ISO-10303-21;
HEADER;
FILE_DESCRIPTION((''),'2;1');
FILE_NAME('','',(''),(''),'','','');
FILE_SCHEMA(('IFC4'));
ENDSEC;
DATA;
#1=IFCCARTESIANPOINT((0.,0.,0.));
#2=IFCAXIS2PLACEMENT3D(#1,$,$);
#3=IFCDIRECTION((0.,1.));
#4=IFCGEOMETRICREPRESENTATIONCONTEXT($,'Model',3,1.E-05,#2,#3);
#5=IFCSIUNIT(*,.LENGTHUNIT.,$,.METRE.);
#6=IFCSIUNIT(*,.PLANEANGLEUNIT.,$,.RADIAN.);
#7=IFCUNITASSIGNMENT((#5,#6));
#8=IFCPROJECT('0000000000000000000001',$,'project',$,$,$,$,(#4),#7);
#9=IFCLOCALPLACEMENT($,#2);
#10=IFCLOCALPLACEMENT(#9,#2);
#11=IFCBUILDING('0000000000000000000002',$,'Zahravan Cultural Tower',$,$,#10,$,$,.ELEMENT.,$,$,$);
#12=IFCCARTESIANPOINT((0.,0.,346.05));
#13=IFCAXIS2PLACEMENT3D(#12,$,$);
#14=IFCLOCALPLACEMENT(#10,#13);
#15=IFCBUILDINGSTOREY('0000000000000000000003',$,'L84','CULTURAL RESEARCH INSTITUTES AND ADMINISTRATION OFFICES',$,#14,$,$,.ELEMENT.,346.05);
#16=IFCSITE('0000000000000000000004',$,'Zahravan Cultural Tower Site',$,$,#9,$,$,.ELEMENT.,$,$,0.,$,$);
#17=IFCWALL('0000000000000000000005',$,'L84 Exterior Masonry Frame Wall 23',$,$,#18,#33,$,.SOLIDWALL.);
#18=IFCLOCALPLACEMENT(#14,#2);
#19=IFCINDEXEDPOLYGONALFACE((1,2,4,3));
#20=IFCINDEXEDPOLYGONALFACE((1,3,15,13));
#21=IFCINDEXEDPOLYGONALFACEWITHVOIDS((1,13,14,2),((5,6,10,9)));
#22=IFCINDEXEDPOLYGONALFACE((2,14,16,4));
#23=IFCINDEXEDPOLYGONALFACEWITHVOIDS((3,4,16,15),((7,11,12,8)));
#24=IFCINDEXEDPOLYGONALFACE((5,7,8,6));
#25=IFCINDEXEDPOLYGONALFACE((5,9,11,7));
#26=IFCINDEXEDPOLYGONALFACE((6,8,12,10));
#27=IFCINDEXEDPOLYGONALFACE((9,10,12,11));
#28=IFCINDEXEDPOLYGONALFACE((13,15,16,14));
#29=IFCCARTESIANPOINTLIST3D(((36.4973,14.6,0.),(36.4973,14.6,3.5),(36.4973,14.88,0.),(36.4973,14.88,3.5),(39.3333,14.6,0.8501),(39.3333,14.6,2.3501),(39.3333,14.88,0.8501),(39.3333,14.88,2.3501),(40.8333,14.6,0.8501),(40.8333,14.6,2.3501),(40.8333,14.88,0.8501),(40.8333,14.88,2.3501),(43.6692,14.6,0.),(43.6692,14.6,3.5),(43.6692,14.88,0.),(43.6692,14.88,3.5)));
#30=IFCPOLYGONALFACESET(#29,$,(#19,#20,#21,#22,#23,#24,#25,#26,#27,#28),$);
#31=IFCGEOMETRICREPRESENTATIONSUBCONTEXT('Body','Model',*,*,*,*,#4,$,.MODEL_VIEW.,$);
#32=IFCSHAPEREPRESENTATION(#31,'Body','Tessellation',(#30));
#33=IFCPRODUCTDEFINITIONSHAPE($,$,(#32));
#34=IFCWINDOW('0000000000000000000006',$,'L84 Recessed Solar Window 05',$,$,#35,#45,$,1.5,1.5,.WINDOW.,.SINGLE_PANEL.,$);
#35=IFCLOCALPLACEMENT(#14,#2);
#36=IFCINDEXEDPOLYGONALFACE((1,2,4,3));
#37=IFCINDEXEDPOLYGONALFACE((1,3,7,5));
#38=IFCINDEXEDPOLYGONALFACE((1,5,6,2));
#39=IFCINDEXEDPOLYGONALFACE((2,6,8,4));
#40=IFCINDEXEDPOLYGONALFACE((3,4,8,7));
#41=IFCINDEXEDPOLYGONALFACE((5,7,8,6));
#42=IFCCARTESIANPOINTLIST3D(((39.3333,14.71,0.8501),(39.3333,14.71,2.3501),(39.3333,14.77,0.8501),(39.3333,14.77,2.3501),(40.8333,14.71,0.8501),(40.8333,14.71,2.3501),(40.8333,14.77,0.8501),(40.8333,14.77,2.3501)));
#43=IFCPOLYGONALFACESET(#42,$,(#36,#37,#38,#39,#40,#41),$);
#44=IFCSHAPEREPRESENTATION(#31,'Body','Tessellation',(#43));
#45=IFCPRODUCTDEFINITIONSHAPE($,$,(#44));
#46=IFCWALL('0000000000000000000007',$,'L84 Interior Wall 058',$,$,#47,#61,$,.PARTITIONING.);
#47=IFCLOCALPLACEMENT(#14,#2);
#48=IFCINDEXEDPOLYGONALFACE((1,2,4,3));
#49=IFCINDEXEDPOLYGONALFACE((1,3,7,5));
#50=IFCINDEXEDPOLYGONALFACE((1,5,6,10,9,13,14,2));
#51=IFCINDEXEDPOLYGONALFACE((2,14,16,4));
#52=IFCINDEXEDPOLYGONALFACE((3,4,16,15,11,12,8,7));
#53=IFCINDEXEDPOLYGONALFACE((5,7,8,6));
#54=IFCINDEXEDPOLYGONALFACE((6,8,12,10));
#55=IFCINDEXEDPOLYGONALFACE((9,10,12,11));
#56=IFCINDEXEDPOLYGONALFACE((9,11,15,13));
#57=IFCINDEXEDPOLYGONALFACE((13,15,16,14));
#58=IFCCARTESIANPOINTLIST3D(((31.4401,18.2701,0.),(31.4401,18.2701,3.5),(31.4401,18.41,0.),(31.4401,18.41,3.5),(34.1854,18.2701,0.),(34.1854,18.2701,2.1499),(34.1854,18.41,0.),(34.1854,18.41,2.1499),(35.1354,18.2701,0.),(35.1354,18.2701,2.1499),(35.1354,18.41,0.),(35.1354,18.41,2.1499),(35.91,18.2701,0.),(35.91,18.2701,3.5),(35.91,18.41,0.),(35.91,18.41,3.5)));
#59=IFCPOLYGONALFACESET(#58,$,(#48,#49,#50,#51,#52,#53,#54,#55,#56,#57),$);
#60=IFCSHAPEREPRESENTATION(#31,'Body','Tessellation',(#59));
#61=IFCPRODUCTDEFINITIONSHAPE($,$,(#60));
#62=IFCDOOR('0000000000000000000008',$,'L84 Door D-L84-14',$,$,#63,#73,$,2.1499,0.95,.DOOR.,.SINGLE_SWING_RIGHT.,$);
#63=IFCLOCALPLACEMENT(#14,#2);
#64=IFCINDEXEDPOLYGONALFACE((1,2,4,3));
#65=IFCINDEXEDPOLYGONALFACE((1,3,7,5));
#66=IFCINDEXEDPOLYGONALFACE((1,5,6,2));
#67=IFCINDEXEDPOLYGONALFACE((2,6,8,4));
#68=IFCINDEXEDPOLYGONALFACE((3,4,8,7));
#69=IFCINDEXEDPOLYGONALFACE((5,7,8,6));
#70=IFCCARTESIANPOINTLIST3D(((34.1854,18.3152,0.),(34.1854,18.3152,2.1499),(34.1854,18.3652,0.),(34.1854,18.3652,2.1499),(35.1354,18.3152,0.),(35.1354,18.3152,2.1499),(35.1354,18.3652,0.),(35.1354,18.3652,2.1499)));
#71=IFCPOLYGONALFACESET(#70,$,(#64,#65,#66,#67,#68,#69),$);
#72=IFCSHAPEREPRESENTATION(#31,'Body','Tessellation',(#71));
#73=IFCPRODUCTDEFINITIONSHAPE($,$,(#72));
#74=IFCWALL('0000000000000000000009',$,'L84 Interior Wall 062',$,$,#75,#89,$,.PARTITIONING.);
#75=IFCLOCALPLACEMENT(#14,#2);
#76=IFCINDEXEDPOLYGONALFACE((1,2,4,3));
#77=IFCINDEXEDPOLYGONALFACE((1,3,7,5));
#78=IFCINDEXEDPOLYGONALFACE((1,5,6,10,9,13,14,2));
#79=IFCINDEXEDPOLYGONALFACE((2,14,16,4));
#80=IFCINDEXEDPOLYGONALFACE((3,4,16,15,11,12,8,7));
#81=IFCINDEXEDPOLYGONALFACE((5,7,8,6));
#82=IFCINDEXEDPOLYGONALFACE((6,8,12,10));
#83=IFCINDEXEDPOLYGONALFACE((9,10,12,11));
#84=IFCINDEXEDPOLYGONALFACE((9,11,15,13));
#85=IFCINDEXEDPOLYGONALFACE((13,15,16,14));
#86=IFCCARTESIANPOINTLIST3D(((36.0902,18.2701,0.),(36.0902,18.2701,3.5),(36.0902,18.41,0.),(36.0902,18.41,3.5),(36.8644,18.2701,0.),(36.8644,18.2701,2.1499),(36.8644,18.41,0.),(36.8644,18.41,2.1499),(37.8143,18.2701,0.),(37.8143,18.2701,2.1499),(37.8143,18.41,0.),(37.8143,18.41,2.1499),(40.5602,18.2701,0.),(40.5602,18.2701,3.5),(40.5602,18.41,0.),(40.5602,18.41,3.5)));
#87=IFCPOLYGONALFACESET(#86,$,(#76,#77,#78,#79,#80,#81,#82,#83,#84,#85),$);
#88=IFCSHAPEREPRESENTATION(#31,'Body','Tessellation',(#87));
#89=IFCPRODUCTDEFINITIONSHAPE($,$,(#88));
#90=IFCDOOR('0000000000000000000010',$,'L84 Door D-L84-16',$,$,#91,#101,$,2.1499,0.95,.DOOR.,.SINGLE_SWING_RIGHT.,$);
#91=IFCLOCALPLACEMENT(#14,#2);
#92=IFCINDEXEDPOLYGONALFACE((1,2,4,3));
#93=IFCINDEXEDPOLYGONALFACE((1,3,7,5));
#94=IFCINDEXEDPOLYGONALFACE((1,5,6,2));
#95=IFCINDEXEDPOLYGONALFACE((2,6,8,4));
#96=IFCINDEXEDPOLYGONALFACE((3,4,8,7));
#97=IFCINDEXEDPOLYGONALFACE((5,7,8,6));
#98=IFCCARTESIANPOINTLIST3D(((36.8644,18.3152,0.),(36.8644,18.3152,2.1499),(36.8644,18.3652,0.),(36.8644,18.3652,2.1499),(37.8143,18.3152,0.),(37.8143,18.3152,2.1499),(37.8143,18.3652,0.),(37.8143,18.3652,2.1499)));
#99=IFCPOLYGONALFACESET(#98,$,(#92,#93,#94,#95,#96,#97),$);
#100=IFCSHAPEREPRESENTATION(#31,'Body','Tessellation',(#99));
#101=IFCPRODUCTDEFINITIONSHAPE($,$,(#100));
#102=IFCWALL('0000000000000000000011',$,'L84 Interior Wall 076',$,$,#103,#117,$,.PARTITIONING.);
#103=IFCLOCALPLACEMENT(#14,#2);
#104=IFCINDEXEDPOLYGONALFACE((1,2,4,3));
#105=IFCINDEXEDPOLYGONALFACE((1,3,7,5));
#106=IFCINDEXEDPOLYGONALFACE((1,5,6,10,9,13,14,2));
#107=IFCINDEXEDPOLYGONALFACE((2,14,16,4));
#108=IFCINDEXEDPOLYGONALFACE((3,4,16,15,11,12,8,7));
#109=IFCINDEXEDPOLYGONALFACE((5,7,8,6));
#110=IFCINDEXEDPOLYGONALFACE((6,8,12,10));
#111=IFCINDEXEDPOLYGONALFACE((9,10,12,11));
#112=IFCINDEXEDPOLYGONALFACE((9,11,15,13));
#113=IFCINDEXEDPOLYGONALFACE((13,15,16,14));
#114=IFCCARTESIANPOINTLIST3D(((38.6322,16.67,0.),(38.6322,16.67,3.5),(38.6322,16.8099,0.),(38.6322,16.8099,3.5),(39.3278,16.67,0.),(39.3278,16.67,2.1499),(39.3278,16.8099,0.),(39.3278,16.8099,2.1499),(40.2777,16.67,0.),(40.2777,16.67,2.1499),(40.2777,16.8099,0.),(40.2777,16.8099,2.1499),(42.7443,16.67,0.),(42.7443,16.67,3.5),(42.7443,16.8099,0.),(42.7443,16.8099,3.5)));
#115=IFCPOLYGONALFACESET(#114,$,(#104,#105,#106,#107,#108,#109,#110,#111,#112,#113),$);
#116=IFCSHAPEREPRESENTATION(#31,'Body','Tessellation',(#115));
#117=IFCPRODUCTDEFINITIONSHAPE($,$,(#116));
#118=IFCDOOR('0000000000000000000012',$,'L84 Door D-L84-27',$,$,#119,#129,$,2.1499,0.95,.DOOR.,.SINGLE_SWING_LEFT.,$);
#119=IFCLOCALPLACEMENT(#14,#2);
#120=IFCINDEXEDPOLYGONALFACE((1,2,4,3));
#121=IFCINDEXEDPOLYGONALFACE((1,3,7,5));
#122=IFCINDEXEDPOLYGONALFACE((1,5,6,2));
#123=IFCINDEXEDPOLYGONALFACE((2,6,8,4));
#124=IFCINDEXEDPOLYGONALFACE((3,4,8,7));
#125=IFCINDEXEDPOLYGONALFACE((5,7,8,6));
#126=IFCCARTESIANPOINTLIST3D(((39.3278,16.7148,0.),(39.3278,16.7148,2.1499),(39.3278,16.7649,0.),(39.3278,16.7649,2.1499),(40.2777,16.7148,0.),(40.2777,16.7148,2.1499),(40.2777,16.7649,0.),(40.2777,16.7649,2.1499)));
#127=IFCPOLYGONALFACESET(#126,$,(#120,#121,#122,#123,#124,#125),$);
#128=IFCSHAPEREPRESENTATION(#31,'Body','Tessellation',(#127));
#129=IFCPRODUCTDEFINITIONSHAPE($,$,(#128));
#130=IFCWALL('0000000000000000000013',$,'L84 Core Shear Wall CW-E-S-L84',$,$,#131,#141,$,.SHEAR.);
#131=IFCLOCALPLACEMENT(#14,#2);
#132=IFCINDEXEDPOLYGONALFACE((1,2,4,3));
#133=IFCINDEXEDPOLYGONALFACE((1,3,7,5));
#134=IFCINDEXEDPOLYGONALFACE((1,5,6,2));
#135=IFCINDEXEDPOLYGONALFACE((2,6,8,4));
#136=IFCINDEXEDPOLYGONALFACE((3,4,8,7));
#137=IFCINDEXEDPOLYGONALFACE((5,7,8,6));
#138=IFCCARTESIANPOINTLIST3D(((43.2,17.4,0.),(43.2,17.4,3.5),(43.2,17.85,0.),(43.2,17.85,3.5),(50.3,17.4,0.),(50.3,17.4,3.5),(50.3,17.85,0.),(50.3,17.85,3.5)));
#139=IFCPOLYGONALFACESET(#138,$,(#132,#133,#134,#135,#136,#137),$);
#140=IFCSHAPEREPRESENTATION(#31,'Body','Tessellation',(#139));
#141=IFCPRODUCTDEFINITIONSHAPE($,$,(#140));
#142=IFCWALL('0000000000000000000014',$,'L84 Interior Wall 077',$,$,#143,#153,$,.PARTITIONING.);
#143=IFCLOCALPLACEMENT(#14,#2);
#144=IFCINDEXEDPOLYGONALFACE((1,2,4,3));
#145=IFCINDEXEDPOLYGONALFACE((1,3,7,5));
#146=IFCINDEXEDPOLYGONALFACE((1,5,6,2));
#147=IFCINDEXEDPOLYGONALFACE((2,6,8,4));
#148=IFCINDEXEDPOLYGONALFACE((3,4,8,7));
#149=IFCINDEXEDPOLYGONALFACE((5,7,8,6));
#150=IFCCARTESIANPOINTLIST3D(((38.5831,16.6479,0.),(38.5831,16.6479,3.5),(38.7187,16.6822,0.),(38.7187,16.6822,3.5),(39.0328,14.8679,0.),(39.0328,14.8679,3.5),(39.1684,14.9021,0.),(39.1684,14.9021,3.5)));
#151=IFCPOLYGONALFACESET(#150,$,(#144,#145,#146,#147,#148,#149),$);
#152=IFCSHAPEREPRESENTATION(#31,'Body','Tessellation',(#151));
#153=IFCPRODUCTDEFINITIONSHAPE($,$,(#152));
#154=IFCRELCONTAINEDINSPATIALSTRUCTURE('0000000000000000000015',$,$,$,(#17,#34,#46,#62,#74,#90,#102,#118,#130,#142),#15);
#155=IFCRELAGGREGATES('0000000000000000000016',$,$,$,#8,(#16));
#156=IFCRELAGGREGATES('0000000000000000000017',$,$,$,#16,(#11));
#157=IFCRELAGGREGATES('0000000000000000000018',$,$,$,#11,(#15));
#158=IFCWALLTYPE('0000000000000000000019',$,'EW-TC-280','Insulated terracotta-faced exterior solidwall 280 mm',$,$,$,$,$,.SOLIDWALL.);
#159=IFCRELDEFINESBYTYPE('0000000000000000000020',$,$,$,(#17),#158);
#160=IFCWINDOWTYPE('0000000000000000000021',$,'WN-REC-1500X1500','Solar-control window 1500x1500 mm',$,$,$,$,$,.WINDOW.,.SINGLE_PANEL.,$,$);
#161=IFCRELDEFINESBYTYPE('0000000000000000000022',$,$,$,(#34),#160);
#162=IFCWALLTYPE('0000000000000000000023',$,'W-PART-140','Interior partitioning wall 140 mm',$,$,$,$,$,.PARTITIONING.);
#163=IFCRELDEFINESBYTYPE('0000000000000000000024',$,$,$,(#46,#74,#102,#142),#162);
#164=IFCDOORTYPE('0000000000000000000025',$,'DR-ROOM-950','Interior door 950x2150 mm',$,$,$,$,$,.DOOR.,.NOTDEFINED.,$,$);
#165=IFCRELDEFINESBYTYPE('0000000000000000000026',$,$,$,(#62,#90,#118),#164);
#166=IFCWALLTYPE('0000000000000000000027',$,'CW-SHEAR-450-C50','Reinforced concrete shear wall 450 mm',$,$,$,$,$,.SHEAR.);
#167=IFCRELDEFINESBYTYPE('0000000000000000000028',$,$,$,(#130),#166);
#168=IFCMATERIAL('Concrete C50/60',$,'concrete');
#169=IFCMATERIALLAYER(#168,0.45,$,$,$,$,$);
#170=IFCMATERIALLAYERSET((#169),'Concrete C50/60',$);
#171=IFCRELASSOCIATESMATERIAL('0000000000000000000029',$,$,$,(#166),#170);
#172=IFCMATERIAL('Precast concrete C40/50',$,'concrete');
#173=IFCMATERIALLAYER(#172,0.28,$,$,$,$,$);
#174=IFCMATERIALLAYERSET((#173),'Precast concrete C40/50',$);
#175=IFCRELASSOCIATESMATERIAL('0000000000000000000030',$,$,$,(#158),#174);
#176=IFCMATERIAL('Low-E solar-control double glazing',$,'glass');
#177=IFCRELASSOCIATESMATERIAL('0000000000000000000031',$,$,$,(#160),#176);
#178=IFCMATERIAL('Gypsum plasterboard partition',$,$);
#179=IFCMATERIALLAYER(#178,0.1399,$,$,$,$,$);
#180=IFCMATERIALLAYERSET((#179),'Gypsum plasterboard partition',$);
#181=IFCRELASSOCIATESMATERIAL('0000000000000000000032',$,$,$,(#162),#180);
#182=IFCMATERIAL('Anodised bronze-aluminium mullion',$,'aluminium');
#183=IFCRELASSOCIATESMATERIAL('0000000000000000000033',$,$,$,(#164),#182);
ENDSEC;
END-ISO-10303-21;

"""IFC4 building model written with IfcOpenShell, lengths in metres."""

from ifc_helpers import new_model, si_unit, direction, frame, frame_2d, origin, place, context, subcontext, project, spatial, rectangle, extrude, source, transform, mapped, material, layer, layer_set, type_object, element, fill, save


model = new_model("IFC4")

# Units and contexts
model_context = context("Model", 3, precision=1e-05, world=origin(), true_north=direction((0.0, 1.0)))
body_context = subcontext(model_context, "Body", "Model", "MODEL_VIEW")
ifc_project = project(units=[si_unit("LENGTHUNIT", "METRE"), si_unit("PLANEANGLEUNIT", "RADIAN")], contexts=[model_context])

# Site, building, storey
site_placement = place(None, origin())
site = spatial("IfcSite", under=ifc_project, at=site_placement, Name="Zahravan Cultural Tower Site", CompositionType="ELEMENT", RefElevation=0.0)
building_placement = place(site_placement, origin())
building = spatial("IfcBuilding", under=site, at=building_placement, Name="Zahravan Cultural Tower", CompositionType="ELEMENT")
storey_placement = place(building_placement, frame((0.0, 0.0, 346.05)))
storey = spatial("IfcBuildingStorey", under=building, at=storey_placement, Name="L84", Description="CULTURAL RESEARCH INSTITUTES AND ADMINISTRATION OFFICES", CompositionType="ELEMENT", Elevation=346.05)

# Shared definitions
ifc_material_1 = material(Name="Concrete C50/60", Category="concrete")

# Shared definitions
ifc_layer_1 = layer(ifc_material_1, 0.45)
ifc_layer_set_1 = layer_set([ifc_layer_1], Name="Concrete C50/60")
wall_type_1 = type_object("IfcWallType", Name="CW-SHEAR-450-C50", Description="Reinforced concrete shear wall 450 mm", PredefinedType="SHEAR", material=ifc_layer_set_1)

# Wall, opening, window
ifc_material_2 = material(Name="Precast concrete C40/50", Category="concrete")
ifc_layer_2 = layer(ifc_material_2, 0.28)
ifc_layer_set_2 = layer_set([ifc_layer_2], Name="Precast concrete C40/50")
wall_type_2 = type_object("IfcWallType", Name="EW-TC-280", Description="Insulated terracotta-faced exterior solidwall 280 mm", PredefinedType="SOLIDWALL", material=ifc_layer_set_2)
wall_1_placement = place(storey_placement, frame((43.6692, 14.74, 0.0), z_axis=(0.0, 0.0, 1.0), x_axis=(-1.0, 0.0, 0.0)))
wall_1 = element("IfcWall", 1, at=wall_1_placement, inside=storey, type_object=wall_type_2, Name="L84 Exterior Masonry Frame Wall 23", PredefinedType="SOLIDWALL", context=body_context, shape_type="SweptSolid", body=[
    extrude(rectangle(XDim=7.1719, YDim=0.28, at=frame_2d((3.5859, 0.0))), origin(), (0.0, 0.0, 1.0), 3.5),
])
opening_1_placement = place(wall_1_placement, frame((2.8359, 0.0, 0.8501)))
opening_1 = element("IfcOpeningElement", 2, at=opening_1_placement, cuts=wall_1, PredefinedType="OPENING", context=body_context, shape_type="SweptSolid", body=[
    extrude(rectangle(XDim=1.5, YDim=1.5, at=frame_2d((0.75, 0.75))), frame((0.0, 0.1499, 0.0), z_axis=(0.0, -1.0, 0.0), x_axis=(1.0, 0.0, 0.0)), (0.0, 0.0, 1.0), 0.3),
])
ifc_material_3 = material(Name="Low-E solar-control double glazing", Category="glass")
window_type = type_object("IfcWindowType", Name="WN-REC-1500X1500", Description="Solar-control window 1500x1500 mm", PartitioningType="SINGLE_PANEL", PredefinedType="WINDOW", material=ifc_material_3)
shared_shape_1 = source(origin(), body_context, "Body", "SweptSolid", [
    extrude(rectangle(XDim=1.5, YDim=1.5, at=frame_2d((0.75, 0.75))), frame((0.0, 0.03, 0.0), z_axis=(0.0, -1.0, 0.0), x_axis=(1.0, 0.0, 0.0)), (0.0, 0.0, 1.0), 0.0601),
])
window_placement = place(opening_1_placement, origin())
window = element("IfcWindow", 3, at=window_placement, inside=storey, type_object=window_type, Name="L84 Recessed Solar Window 05", OverallHeight=1.5, OverallWidth=1.5, PartitioningType="SINGLE_PANEL", PredefinedType="WINDOW", context=body_context, shape_type="MappedRepresentation", body=[
    mapped(shared_shape_1, transform((0.0, 0.0, 0.0), x_axis=(1.0, 0.0, 0.0), y_axis=(0.0, 1.0, 0.0), z_axis=(0.0, 0.0, 1.0), scale=1.0)),
])
fill(opening_1, window)

# Walls, openings, doors
ifc_material_4 = material(Name="Anodised bronze-aluminium mullion", Category="aluminium")
ifc_material_5 = material(Name="Gypsum plasterboard partition")
ifc_layer_3 = layer(ifc_material_5, 0.1399)
ifc_layer_set_3 = layer_set([ifc_layer_3], Name="Gypsum plasterboard partition")
wall_type_3 = type_object("IfcWallType", Name="W-PART-140", Description="Interior partitioning wall 140 mm", PredefinedType="PARTITIONING", material=ifc_layer_set_3)
wall_2_placement = place(storey_placement, frame((35.9099, 18.3401, 0.0), z_axis=(0.0, 0.0, 1.0), x_axis=(-1.0, 0.0, 0.0)))
wall_2 = element("IfcWall", 4, at=wall_2_placement, inside=storey, type_object=wall_type_3, Name="L84 Interior Wall 058", PredefinedType="PARTITIONING", context=body_context, shape_type="SweptSolid", body=[
    extrude(rectangle(XDim=4.47, YDim=0.1399, at=frame_2d((2.2349, 0.0))), origin(), (0.0, 0.0, 1.0), 3.5),
])
opening_2_placement = place(wall_2_placement, frame((0.7744, 0.0, 0.0)))
opening_2 = element("IfcOpeningElement", 5, at=opening_2_placement, cuts=wall_2, PredefinedType="OPENING", context=body_context, shape_type="SweptSolid", body=[
    extrude(rectangle(XDim=0.95, YDim=2.1499, at=frame_2d((0.4751, 1.075))), frame((0.0, 0.0798, 0.0), z_axis=(0.0, -1.0, 0.0), x_axis=(1.0, 0.0, 0.0)), (0.0, 0.0, 1.0), 0.1599),
])
door_type_1 = type_object("IfcDoorType", Name="DR-ROOM-950", Description="Interior door 950x2150 mm", OperationType="NOTDEFINED", PredefinedType="DOOR", material=ifc_material_4)
shared_shape_2 = source(origin(), body_context, "Body", "SweptSolid", [
    extrude(rectangle(XDim=0.95, YDim=2.1499, at=frame_2d((0.4751, 1.075))), frame((0.0, 0.0249, 0.0), z_axis=(0.0, -1.0, 0.0), x_axis=(1.0, 0.0, 0.0)), (0.0, 0.0, 1.0), 0.05),
])
door_1_placement = place(opening_2_placement, origin())
door_1 = element("IfcDoor", 6, at=door_1_placement, inside=storey, type_object=door_type_1, Name="L84 Door D-L84-14", OperationType="SINGLE_SWING_RIGHT", OverallHeight=2.1499, OverallWidth=0.95, PredefinedType="DOOR", context=body_context, shape_type="MappedRepresentation", body=[
    mapped(shared_shape_2, transform((0.0, 0.0, 0.0), x_axis=(1.0, 0.0, 0.0), y_axis=(0.0, 1.0, 0.0), z_axis=(0.0, 0.0, 1.0), scale=1.0)),
])
fill(opening_2, door_1)
wall_3_placement = place(storey_placement, frame((40.5601, 18.3401, 0.0), z_axis=(0.0, 0.0, 1.0), x_axis=(-1.0, 0.0, 0.0)))
wall_3 = element("IfcWall", 7, at=wall_3_placement, inside=storey, type_object=wall_type_3, Name="L84 Interior Wall 062", PredefinedType="PARTITIONING", context=body_context, shape_type="SweptSolid", body=[
    extrude(rectangle(XDim=4.47, YDim=0.1399, at=frame_2d((2.2349, 0.0))), origin(), (0.0, 0.0, 1.0), 3.5),
])
opening_3_placement = place(wall_3_placement, frame((2.7456, 0.0, 0.0)))
opening_3 = element("IfcOpeningElement", 8, at=opening_3_placement, cuts=wall_3, PredefinedType="OPENING", context=body_context, shape_type="SweptSolid", body=[
    extrude(rectangle(XDim=0.95, YDim=2.1499, at=frame_2d((0.4751, 1.075))), frame((0.0, 0.0798, 0.0), z_axis=(0.0, -1.0, 0.0), x_axis=(1.0, 0.0, 0.0)), (0.0, 0.0, 1.0), 0.1599),
])
door_2_placement = place(opening_3_placement, origin())
door_2 = element("IfcDoor", 9, at=door_2_placement, inside=storey, type_object=door_type_1, Name="L84 Door D-L84-16", OperationType="SINGLE_SWING_RIGHT", OverallHeight=2.1499, OverallWidth=0.95, PredefinedType="DOOR", context=body_context, shape_type="MappedRepresentation", body=[
    mapped(shared_shape_2, transform((0.0, 0.0, 0.0), x_axis=(1.0, 0.0, 0.0), y_axis=(0.0, 1.0, 0.0), z_axis=(0.0, 0.0, 1.0), scale=1.0)),
])
fill(opening_3, door_2)
wall_4_placement = place(storey_placement, frame((38.6321, 16.74, 0.0), z_axis=(0.0, 0.0, 1.0), x_axis=(1.0, 0.0, 0.0)))
wall_4 = element("IfcWall", 10, at=wall_4_placement, inside=storey, type_object=wall_type_3, Name="L84 Interior Wall 076", PredefinedType="PARTITIONING", context=body_context, shape_type="SweptSolid", body=[
    extrude(rectangle(XDim=4.1121, YDim=0.1399, at=frame_2d((2.0562, 0.0))), origin(), (0.0, 0.0, 1.0), 3.5),
])
opening_4_placement = place(wall_4_placement, frame((0.6956, 0.0, 0.0)))
opening_4 = element("IfcOpeningElement", 11, at=opening_4_placement, cuts=wall_4, PredefinedType="OPENING", context=body_context, shape_type="SweptSolid", body=[
    extrude(rectangle(XDim=0.95, YDim=2.1499, at=frame_2d((0.4751, 1.075))), frame((0.0, 0.0798, 0.0), z_axis=(0.0, -1.0, 0.0), x_axis=(1.0, 0.0, 0.0)), (0.0, 0.0, 1.0), 0.1599),
])
door_3_placement = place(opening_4_placement, origin())
door_3 = element("IfcDoor", 12, at=door_3_placement, inside=storey, type_object=door_type_1, Name="L84 Door D-L84-27", OperationType="SINGLE_SWING_LEFT", OverallHeight=2.1499, OverallWidth=0.95, PredefinedType="DOOR", context=body_context, shape_type="MappedRepresentation", body=[
    mapped(shared_shape_2, transform((0.0, 0.0, 0.0), x_axis=(1.0, 0.0, 0.0), y_axis=(0.0, 1.0, 0.0), z_axis=(0.0, 0.0, 1.0), scale=1.0)),
])
fill(opening_4, door_3)

# Walls
shared_shape_3 = source(origin(), body_context, "Body", "SweptSolid", [
    extrude(rectangle(XDim=7.1001, YDim=0.45, at=frame_2d((3.55, 0.0))), origin(), (0.0, 0.0, 1.0), 3.5),
])
wall_5_placement = place(storey_placement, frame((43.2, 17.625, 0.0), z_axis=(0.0, 0.0, 1.0), x_axis=(1.0, 0.0, 0.0)))
element("IfcWall", 13, at=wall_5_placement, inside=storey, type_object=wall_type_1, Name="L84 Core Shear Wall CW-E-S-L84", PredefinedType="SHEAR", context=body_context, shape_type="MappedRepresentation", body=[
    mapped(shared_shape_3, transform((0.0, 0.0, 0.0), x_axis=(1.0, 0.0, 0.0), y_axis=(0.0, 1.0, 0.0), z_axis=(0.0, 0.0, 1.0), scale=1.0)),
])
shared_shape_4 = source(origin(), body_context, "Body", "SweptSolid", [
    extrude(rectangle(XDim=1.8359, YDim=0.1399, at=frame_2d((0.918, 0.0))), origin(), (0.0, 0.0, 1.0), 3.5),
])
wall_6_placement = place(storey_placement, frame((39.1006, 14.885, 0.0), z_axis=(0.0, 0.0, 1.0), x_axis=(-0.244944, 0.969537, 0.0)))
element("IfcWall", 14, at=wall_6_placement, inside=storey, type_object=wall_type_3, Name="L84 Interior Wall 077", PredefinedType="PARTITIONING", context=body_context, shape_type="MappedRepresentation", body=[
    mapped(shared_shape_4, transform((0.0, 0.0, 0.0), x_axis=(1.0, 0.0, 0.0), y_axis=(0.0, 1.0, 0.0), z_axis=(0.0, 0.0, 1.0), scale=1.0)),
])

save(model, "model.ifc")
